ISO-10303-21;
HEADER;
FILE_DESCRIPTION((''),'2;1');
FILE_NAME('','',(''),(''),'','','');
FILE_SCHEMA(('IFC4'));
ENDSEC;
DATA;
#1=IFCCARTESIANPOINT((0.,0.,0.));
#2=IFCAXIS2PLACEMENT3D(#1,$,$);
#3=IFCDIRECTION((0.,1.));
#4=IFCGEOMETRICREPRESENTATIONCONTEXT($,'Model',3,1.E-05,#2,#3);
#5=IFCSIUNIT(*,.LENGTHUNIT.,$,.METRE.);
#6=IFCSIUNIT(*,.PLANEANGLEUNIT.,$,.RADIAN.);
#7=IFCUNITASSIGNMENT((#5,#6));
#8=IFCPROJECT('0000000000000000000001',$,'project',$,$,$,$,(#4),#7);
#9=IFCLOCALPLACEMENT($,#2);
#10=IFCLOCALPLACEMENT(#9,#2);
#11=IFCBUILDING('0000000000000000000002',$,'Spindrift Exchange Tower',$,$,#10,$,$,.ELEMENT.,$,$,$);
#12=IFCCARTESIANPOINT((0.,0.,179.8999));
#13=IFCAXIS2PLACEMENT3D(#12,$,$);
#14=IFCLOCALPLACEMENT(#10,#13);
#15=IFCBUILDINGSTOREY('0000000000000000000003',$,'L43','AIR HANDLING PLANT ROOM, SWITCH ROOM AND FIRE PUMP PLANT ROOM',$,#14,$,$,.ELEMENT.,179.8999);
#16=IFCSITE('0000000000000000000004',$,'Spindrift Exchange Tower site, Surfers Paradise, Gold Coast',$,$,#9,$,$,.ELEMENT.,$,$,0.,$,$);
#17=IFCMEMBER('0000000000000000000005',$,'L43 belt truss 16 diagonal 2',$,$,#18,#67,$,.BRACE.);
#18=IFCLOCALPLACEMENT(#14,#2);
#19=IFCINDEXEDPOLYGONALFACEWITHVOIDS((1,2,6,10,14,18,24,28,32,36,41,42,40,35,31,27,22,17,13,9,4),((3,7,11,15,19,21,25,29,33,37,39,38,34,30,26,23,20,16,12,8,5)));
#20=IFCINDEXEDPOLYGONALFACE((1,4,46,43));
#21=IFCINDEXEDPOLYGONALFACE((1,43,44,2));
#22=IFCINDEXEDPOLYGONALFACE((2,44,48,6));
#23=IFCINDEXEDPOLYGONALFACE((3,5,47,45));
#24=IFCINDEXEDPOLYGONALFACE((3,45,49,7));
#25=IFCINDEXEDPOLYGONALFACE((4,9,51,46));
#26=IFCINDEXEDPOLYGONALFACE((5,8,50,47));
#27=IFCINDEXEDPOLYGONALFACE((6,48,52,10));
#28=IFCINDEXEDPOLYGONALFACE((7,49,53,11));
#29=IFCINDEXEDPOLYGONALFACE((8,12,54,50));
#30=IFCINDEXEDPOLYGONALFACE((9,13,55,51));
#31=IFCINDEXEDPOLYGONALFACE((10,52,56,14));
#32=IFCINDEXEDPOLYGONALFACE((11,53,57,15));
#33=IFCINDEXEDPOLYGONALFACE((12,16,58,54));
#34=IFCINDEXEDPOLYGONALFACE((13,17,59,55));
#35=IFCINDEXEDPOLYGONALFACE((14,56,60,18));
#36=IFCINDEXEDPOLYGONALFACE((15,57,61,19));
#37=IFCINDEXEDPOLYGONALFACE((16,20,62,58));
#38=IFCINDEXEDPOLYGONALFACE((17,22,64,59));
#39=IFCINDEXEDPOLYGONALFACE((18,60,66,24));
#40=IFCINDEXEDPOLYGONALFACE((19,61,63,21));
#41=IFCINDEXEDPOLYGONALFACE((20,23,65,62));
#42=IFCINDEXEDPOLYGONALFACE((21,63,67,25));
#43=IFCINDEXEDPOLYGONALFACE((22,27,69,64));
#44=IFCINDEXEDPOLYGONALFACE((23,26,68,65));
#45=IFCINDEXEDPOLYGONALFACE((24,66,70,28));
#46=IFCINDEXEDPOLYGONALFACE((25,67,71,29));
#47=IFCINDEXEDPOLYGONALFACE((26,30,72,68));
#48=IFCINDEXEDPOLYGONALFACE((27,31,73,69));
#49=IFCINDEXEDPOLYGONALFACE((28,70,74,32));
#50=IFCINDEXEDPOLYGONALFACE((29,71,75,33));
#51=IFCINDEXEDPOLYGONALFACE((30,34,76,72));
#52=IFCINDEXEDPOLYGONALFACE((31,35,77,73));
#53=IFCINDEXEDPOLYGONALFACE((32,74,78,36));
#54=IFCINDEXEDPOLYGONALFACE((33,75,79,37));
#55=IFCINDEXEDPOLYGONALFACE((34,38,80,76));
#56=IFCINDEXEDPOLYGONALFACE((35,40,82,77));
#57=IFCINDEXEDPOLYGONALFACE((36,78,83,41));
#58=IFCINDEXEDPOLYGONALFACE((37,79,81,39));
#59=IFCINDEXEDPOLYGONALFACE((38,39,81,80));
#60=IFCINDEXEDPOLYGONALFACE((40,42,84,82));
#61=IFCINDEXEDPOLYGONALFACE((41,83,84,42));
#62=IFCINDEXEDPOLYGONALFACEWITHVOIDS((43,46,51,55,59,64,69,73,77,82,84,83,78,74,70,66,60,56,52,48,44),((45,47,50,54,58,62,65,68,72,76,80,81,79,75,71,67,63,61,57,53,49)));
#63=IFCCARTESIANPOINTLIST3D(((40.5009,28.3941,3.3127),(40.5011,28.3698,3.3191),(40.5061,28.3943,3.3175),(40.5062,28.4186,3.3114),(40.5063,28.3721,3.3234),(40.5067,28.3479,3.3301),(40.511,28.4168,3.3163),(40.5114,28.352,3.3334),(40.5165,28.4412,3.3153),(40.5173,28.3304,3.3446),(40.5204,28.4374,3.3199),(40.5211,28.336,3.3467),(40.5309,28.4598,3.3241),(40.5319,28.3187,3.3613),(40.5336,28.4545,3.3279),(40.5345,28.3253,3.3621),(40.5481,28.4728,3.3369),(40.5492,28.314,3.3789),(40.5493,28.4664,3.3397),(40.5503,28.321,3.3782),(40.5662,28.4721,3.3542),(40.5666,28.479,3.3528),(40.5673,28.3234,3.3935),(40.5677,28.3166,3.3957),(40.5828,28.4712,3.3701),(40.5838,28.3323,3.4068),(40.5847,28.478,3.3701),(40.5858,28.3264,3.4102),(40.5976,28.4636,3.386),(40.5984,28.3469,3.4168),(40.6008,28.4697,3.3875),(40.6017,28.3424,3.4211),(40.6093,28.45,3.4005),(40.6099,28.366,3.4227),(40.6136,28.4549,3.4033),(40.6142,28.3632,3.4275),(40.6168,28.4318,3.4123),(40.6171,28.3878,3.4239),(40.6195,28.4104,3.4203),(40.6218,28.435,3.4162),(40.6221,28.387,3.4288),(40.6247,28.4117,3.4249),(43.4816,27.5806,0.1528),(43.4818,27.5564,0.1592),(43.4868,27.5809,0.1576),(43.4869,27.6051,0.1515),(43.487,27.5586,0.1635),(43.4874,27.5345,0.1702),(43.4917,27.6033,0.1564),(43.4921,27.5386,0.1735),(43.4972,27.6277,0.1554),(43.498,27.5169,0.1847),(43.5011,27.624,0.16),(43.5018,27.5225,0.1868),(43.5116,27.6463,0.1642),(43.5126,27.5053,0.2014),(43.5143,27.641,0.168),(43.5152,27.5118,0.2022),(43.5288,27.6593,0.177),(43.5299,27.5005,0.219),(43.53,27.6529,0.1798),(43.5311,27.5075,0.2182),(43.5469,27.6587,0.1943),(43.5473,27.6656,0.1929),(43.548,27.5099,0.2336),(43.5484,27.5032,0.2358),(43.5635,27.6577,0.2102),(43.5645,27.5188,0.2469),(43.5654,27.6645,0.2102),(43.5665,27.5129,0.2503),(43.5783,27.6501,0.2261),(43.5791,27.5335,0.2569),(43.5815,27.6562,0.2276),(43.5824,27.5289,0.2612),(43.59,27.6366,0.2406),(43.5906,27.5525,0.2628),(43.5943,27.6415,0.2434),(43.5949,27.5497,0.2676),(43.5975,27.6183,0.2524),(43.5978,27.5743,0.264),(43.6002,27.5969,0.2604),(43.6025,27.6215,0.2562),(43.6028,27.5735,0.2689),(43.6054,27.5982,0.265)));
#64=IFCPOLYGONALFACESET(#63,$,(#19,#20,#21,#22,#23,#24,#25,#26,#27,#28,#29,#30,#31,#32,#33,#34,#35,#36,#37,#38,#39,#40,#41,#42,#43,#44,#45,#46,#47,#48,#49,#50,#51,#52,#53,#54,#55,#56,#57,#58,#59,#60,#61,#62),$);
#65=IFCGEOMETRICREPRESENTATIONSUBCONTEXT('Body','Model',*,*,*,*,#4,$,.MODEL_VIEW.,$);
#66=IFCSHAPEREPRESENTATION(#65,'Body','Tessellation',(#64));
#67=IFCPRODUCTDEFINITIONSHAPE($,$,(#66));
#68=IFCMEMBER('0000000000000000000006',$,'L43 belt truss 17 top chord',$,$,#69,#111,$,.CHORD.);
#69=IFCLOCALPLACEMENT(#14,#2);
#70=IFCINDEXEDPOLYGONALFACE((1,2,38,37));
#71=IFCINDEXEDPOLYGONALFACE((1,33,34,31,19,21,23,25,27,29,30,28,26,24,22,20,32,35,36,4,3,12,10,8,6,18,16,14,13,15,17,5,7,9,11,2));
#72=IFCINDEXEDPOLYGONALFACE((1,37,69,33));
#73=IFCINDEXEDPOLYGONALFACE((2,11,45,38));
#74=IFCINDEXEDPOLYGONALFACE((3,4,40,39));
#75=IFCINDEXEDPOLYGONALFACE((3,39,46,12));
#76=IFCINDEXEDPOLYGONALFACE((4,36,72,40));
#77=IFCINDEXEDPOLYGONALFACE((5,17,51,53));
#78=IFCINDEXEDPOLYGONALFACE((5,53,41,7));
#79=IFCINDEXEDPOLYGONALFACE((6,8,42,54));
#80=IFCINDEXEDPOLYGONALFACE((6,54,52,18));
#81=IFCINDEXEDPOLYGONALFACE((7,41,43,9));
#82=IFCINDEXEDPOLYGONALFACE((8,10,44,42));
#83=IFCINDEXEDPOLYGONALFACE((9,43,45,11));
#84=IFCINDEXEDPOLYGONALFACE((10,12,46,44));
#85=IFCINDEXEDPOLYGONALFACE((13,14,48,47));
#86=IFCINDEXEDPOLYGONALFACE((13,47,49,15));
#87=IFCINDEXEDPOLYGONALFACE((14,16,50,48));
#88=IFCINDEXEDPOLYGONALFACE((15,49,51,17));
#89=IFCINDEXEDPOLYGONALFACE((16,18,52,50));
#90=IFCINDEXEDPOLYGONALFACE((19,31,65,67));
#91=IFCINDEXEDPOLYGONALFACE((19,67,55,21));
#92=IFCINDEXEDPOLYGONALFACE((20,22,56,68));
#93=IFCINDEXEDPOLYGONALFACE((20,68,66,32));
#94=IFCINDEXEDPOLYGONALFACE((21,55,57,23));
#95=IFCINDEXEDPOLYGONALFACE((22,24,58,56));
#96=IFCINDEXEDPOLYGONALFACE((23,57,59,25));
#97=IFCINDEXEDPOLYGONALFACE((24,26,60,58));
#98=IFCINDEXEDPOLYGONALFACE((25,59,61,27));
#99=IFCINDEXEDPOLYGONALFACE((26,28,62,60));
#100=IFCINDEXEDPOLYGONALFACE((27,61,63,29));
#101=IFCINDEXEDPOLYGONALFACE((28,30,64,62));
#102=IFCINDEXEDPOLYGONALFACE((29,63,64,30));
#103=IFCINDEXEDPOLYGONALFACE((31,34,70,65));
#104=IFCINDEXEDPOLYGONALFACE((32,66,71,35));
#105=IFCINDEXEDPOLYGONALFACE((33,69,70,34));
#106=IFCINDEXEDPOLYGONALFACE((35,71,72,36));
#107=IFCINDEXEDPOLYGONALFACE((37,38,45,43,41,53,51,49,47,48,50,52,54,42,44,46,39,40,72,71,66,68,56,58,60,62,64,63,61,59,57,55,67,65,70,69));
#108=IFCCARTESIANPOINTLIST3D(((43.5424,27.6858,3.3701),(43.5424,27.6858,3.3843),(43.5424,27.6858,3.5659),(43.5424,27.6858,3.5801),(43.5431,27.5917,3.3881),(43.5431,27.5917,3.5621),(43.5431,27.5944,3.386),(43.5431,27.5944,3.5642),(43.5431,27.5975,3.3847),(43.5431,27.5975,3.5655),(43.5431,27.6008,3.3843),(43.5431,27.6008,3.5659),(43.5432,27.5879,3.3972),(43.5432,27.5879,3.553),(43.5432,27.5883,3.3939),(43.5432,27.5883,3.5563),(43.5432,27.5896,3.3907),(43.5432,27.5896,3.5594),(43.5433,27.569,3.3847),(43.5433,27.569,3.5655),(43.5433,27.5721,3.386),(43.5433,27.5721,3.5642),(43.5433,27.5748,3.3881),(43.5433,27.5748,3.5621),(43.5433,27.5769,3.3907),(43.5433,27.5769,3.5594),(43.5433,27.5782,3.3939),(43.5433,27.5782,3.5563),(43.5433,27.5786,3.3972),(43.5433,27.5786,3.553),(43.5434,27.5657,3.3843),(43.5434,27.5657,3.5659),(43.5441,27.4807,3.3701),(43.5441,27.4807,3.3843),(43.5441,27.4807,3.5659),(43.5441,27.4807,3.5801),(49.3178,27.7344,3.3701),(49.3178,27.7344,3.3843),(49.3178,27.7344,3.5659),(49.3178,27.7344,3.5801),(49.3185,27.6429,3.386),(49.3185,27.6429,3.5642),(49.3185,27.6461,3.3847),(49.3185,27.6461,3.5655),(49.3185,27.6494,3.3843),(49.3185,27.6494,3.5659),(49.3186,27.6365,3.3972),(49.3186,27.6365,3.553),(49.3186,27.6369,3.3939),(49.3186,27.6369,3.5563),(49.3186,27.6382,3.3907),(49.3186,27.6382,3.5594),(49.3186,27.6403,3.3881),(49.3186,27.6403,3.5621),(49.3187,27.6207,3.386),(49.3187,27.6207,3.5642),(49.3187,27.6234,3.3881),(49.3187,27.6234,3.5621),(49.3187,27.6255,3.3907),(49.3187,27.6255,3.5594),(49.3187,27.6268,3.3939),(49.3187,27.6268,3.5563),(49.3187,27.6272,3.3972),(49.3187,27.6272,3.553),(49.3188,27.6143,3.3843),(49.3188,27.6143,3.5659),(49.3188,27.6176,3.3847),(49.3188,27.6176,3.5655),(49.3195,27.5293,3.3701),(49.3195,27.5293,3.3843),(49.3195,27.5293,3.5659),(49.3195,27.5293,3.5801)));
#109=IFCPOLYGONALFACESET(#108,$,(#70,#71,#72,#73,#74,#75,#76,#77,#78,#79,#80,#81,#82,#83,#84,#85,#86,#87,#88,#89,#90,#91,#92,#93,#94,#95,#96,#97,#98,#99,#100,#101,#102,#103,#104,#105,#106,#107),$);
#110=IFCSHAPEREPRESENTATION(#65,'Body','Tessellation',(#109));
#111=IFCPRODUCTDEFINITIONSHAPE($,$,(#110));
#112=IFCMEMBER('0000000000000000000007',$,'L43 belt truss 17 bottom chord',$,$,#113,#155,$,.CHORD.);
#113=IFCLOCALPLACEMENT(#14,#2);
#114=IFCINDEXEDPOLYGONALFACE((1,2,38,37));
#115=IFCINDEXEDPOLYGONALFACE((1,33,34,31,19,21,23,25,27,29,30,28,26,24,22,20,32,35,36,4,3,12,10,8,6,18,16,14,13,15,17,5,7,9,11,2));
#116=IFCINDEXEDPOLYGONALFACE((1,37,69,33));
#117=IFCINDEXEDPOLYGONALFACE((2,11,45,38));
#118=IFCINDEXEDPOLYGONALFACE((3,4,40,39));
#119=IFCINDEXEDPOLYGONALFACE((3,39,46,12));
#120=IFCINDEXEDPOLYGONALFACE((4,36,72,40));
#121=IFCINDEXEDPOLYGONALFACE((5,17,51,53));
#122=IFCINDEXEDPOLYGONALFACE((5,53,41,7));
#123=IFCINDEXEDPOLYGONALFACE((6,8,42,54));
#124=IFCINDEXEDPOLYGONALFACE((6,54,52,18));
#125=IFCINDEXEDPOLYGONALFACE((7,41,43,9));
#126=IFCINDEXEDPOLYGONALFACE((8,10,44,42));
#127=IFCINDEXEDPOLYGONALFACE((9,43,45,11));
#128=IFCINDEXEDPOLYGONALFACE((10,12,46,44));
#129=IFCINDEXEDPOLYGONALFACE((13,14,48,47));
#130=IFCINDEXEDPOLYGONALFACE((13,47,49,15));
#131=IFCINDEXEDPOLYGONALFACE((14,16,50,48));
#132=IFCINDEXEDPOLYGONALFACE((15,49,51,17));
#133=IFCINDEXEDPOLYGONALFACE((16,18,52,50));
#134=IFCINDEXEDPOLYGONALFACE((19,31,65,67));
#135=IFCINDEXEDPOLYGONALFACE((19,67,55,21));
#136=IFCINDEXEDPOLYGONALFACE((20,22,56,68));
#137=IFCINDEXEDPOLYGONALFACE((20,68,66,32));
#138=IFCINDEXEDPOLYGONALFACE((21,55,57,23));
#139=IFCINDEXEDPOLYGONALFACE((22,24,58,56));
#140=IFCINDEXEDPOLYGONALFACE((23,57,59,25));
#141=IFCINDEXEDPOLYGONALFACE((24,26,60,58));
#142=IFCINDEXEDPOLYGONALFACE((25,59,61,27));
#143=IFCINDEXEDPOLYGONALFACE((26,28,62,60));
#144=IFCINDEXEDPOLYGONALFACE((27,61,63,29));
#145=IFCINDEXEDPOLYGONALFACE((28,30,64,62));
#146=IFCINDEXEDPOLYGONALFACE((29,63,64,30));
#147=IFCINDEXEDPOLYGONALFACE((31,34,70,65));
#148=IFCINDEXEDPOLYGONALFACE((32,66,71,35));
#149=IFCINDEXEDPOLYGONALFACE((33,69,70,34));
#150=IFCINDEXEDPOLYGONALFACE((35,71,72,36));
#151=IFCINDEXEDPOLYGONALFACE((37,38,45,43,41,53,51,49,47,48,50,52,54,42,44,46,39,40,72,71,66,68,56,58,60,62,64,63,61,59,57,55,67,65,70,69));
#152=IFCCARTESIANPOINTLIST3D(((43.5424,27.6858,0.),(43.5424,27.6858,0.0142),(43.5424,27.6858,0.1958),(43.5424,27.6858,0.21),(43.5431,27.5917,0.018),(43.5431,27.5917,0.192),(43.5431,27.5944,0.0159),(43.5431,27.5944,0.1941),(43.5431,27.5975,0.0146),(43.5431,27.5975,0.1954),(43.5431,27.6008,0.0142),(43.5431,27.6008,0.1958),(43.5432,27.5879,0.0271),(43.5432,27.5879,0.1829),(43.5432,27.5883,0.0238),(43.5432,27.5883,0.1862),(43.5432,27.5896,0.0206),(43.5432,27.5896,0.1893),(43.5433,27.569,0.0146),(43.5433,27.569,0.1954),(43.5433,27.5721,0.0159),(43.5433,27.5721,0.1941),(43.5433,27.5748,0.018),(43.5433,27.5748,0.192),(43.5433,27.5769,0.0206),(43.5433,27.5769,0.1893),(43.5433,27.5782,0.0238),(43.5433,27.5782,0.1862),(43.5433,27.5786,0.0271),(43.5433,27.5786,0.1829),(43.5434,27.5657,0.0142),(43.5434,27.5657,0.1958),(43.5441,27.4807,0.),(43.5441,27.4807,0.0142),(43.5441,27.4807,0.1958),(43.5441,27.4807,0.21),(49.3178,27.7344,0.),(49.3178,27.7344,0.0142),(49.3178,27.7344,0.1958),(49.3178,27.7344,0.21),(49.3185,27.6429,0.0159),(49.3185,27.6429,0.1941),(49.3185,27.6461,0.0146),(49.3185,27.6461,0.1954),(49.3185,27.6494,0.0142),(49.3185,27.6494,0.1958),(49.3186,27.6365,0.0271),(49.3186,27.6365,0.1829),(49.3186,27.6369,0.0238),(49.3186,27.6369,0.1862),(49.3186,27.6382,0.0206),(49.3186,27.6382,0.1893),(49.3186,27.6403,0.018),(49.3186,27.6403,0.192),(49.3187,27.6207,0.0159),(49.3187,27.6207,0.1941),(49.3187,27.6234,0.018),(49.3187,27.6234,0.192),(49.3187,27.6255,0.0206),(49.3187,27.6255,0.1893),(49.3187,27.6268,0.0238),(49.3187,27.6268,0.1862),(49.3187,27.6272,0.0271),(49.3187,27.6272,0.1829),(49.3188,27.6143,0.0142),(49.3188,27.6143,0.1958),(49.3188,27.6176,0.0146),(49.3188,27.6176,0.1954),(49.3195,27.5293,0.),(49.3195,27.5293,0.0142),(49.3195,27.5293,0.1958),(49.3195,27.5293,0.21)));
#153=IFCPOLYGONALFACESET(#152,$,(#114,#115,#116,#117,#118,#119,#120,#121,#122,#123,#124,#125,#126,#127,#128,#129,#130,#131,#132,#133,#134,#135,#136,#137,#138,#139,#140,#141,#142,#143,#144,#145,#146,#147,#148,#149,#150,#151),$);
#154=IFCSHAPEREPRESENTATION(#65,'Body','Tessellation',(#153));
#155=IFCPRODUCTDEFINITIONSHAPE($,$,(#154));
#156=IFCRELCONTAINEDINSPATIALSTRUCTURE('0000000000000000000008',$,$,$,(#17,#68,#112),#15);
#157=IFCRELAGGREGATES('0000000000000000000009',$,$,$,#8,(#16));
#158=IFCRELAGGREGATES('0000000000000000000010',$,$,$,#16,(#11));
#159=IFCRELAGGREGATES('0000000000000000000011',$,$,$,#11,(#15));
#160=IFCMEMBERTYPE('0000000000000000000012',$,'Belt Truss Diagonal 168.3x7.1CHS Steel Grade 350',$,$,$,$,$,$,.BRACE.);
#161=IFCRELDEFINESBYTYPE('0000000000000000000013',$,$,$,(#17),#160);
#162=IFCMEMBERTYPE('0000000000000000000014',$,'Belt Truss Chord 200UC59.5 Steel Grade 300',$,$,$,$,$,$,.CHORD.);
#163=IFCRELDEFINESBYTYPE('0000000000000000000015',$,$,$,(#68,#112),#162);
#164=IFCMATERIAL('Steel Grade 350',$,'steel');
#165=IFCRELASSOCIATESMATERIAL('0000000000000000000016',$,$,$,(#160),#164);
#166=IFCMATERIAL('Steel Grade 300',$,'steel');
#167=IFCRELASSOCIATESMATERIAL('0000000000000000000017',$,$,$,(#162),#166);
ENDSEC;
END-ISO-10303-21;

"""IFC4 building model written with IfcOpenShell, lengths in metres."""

from ifc_helpers import new_model, si_unit, direction, frame, origin, origin_2d, place, context, subcontext, project, spatial, hollow_circle, i_section, extrude, source, transform, mapped, material, material_profile, profile_set, type_object, element, save


model = new_model("IFC4")

# Units and contexts
model_context = context("Model", 3, precision=1e-05, world=origin(), true_north=direction((0.0, 1.0)))
body_context = subcontext(model_context, "Body", "Model", "MODEL_VIEW")
ifc_project = project(units=[si_unit("LENGTHUNIT", "METRE"), si_unit("PLANEANGLEUNIT", "RADIAN")], contexts=[model_context])

# Site, building, storey
site_placement = place(None, origin())
site = spatial("IfcSite", under=ifc_project, at=site_placement, Name="Spindrift Exchange Tower site, Surfers Paradise, Gold Coast", CompositionType="ELEMENT", RefElevation=0.0)
building_placement = place(site_placement, origin())
building = spatial("IfcBuilding", under=site, at=building_placement, Name="Spindrift Exchange Tower", CompositionType="ELEMENT")
storey_placement = place(building_placement, frame((0.0, 0.0, 179.8999)))
storey = spatial("IfcBuildingStorey", under=building, at=storey_placement, Name="L43", Description="AIR HANDLING PLANT ROOM, SWITCH ROOM AND FIRE PUMP PLANT ROOM", CompositionType="ELEMENT", Elevation=179.8999)

# Shared definitions
ifc_material_1 = material(Name="Steel Grade 300", Category="steel")

# Members
ifc_material_2 = material(Name="Steel Grade 350", Category="steel")
ifc_material_profile_1 = material_profile(ifc_material_2, hollow_circle(Radius=0.0842, WallThickness=0.0071, at=origin_2d()), Name="168.3x7.1CHS")
ifc_profile_set_1 = profile_set([ifc_material_profile_1], Name="Steel Grade 350")
member_type_1 = type_object("IfcMemberType", Name="Belt Truss Diagonal 168.3x7.1CHS Steel Grade 350", PredefinedType="BRACE", material=ifc_profile_set_1)
shared_shape_1 = source(origin(), body_context, "Body", "SweptSolid", [
    extrude(hollow_circle(Radius=0.0842, WallThickness=0.0071, at=origin_2d()), origin(), (0.0, 0.0, 1.0), 4.4194),
])
member_1_placement = place(storey_placement, frame((40.5625, 28.3967, 3.3701), z_axis=(0.674455, -0.184068, -0.715003), x_axis=(0.263285, 0.964718, 0.0)))
element("IfcMember", 1, at=member_1_placement, inside=storey, type_object=member_type_1, Name="L43 belt truss 16 diagonal 2", PredefinedType="BRACE", context=body_context, shape_type="MappedRepresentation", body=[
    mapped(shared_shape_1, transform((0.0, 0.0, 0.0), scale=1.0)),
])
ifc_material_profile_2 = material_profile(ifc_material_1, i_section(OverallWidth=0.2051, OverallDepth=0.21, WebThickness=0.0093, FlangeThickness=0.0142, FilletRadius=0.0129, at=origin_2d()), Name="200UC59.5")
ifc_profile_set_2 = profile_set([ifc_material_profile_2], Name="Steel Grade 300")
member_type_2 = type_object("IfcMemberType", Name="Belt Truss Chord 200UC59.5 Steel Grade 300", PredefinedType="CHORD", material=ifc_profile_set_2)
shared_shape_2 = source(origin(), body_context, "Body", "SweptSolid", [
    extrude(i_section(OverallWidth=0.2051, OverallDepth=0.21, WebThickness=0.0093, FlangeThickness=0.0142, FilletRadius=0.0129, at=origin_2d()), origin(), (0.0, 0.0, 1.0), 5.7756),
])
for number, where, z_axis, x_axis, name in (
    (2, (43.5432, 27.5833, 3.4751), (0.999965, 0.008412, 0.0), (-0.008412, 0.999965, 0.0), "L43 belt truss 17 top chord"),
    (3, (43.5432, 27.5833, 0.105), (0.999965, 0.008412, 0.0), (-0.008412, 0.999965, 0.0), "L43 belt truss 17 bottom chord"),
):
    element("IfcMember", number, at=place(storey_placement, frame(where, z_axis=z_axis, x_axis=x_axis)), inside=storey, type_object=member_type_2, Name=name, PredefinedType="CHORD", context=body_context, shape_type="MappedRepresentation", body=[
        mapped(shared_shape_2, transform((0.0, 0.0, 0.0), scale=1.0)),
    ])

save(model, "model.ifc")
